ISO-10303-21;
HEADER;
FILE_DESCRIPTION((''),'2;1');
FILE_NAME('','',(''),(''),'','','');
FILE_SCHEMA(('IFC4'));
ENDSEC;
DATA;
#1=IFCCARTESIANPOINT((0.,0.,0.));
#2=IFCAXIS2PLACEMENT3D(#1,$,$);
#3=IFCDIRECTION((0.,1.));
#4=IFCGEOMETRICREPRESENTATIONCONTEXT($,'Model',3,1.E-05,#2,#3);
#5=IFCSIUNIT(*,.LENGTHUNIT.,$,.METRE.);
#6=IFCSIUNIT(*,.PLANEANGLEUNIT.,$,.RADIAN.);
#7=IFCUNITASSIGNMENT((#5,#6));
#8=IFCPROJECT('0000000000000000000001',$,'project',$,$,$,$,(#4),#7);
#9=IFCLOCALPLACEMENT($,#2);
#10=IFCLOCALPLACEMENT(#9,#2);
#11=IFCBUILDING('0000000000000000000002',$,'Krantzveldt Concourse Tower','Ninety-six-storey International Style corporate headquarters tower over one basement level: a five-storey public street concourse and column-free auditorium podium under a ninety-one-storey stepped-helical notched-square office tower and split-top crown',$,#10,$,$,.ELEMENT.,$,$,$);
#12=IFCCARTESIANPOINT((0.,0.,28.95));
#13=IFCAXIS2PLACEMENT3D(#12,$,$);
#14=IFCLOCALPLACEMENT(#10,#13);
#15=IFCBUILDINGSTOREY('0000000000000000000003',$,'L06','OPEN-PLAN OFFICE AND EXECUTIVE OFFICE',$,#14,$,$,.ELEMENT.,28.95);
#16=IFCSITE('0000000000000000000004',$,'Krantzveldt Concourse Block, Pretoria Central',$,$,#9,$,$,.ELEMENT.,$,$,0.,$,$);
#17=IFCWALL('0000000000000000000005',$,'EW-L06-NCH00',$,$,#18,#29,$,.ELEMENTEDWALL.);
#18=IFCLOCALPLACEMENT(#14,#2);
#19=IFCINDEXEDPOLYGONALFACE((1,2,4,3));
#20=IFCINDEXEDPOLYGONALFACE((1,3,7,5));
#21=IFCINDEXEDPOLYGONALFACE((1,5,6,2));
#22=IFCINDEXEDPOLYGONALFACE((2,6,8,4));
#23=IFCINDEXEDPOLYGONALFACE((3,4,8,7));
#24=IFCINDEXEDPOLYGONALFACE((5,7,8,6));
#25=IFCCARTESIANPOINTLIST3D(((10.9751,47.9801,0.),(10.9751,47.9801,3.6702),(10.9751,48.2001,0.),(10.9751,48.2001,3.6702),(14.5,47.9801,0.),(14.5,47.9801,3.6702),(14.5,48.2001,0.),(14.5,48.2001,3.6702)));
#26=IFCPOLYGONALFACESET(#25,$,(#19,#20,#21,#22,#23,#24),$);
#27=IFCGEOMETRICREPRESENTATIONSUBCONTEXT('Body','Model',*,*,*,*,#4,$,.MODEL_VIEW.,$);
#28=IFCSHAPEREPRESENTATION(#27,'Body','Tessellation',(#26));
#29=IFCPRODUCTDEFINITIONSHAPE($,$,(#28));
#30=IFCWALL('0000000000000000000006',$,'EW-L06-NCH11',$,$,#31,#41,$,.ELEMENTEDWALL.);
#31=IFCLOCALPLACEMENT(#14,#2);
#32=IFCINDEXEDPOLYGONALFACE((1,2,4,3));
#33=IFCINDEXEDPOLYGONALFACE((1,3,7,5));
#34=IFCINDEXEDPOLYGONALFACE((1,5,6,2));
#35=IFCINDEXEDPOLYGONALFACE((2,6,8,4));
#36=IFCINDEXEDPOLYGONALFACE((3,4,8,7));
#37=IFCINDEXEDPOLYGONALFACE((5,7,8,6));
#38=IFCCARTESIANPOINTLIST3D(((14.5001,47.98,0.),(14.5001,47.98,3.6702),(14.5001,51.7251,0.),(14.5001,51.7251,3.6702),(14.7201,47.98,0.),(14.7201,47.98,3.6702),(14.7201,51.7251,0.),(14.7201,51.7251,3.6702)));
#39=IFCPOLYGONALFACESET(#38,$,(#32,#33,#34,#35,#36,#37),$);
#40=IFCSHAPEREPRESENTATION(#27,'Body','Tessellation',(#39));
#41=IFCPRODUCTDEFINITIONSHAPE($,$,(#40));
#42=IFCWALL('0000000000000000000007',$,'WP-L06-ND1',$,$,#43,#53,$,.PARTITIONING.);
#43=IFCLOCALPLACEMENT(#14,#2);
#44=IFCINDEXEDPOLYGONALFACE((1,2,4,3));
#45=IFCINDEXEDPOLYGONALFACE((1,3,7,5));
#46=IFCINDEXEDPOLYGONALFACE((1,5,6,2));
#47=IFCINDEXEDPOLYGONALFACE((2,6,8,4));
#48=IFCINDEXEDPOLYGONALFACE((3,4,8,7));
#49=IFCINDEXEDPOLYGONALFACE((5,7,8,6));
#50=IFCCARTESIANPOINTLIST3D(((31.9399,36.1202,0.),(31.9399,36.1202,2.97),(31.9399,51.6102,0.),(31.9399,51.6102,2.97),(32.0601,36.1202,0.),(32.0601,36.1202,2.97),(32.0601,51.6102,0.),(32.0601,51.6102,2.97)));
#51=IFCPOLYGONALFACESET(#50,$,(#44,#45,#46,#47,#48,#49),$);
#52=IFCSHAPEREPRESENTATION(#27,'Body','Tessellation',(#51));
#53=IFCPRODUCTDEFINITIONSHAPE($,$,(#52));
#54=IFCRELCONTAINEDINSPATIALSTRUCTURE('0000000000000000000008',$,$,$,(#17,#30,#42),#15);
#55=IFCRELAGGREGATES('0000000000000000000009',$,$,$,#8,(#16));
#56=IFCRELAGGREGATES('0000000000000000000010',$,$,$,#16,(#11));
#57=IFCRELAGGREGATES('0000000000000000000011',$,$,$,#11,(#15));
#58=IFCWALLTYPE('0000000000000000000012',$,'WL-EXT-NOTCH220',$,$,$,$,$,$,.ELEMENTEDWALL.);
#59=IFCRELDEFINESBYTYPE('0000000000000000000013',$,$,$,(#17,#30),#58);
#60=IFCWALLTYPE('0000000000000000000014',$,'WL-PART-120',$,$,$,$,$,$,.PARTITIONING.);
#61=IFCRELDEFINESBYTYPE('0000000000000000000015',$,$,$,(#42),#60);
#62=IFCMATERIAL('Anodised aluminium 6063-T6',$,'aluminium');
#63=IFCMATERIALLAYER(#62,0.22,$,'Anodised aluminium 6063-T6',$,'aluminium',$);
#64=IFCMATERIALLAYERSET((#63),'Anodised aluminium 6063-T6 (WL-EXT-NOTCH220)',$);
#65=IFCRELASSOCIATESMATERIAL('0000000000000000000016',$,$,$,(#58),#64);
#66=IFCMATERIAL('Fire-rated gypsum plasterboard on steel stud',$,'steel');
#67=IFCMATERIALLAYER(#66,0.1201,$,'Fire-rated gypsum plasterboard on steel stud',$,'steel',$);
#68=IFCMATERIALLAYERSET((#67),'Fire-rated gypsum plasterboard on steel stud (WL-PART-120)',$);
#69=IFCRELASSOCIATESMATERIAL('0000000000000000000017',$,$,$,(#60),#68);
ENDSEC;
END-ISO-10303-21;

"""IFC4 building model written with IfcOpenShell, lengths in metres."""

from ifc_helpers import new_model, si_unit, direction, frame, frame_2d, origin, place, context, subcontext, project, spatial, rectangle, extrude, material, layer, layer_set, type_object, element, save


model = new_model("IFC4")

# Units and contexts
model_context = context("Model", 3, precision=1e-05, world=origin(), true_north=direction((0.0, 1.0)))
body_context = subcontext(model_context, "Body", "Model", "MODEL_VIEW")
ifc_project = project(units=[si_unit("LENGTHUNIT", "METRE"), si_unit("PLANEANGLEUNIT", "RADIAN")], contexts=[model_context])

# Site, building, storey
site_placement = place(None, origin())
site = spatial("IfcSite", under=ifc_project, at=site_placement, Name="Krantzveldt Concourse Block, Pretoria Central", CompositionType="ELEMENT", RefElevation=0.0)
building_placement = place(site_placement, origin())
building = spatial("IfcBuilding", under=site, at=building_placement, Name="Krantzveldt Concourse Tower", Description="Ninety-six-storey International Style corporate headquarters tower over one basement level: a five-storey public street concourse and column-free auditorium podium under a ninety-one-storey stepped-helical notched-square office tower and split-top crown", CompositionType="ELEMENT")
storey_placement = place(building_placement, frame((0.0, 0.0, 28.95)))
storey = spatial("IfcBuildingStorey", under=building, at=storey_placement, Name="L06", Description="OPEN-PLAN OFFICE AND EXECUTIVE OFFICE", CompositionType="ELEMENT", Elevation=28.95)

# Shared definitions
ifc_material_1 = material(Name="Anodised aluminium 6063-T6", Category="aluminium")

# Walls
ifc_layer_1 = layer(ifc_material_1, 0.22, Name="Anodised aluminium 6063-T6", Category="aluminium")
ifc_layer_set_1 = layer_set([ifc_layer_1], Name="Anodised aluminium 6063-T6 (WL-EXT-NOTCH220)")
wall_type_1 = type_object("IfcWallType", Name="WL-EXT-NOTCH220", PredefinedType="ELEMENTEDWALL", material=ifc_layer_set_1)
wall_1_placement = place(storey_placement, frame((14.5, 48.0901, 0.0), z_axis=(0.0, 0.0, 1.0), x_axis=(-1.0, 0.0, 0.0)))
element("IfcWall", 1, at=wall_1_placement, inside=storey, type_object=wall_type_1, Name="EW-L06-NCH00", PredefinedType="ELEMENTEDWALL", context=body_context, shape_type="SweptSolid", body=[
    extrude(rectangle(XDim=3.5249, YDim=0.22, at=frame_2d((1.7625, 0.0))), origin(), (0.0, 0.0, 1.0), 3.6702),
])
wall_2_placement = place(storey_placement, frame((14.6101, 51.7251, 0.0), z_axis=(0.0, 0.0, 1.0), x_axis=(0.0, -1.0, 0.0)))
element("IfcWall", 2, at=wall_2_placement, inside=storey, type_object=wall_type_1, Name="EW-L06-NCH11", PredefinedType="ELEMENTEDWALL", context=body_context, shape_type="SweptSolid", body=[
    extrude(rectangle(XDim=3.7451, YDim=0.22, at=frame_2d((1.8726, 0.0))), origin(), (0.0, 0.0, 1.0), 3.6702),
])
ifc_material_2 = material(Name="Fire-rated gypsum plasterboard on steel stud", Category="steel")
ifc_layer_2 = layer(ifc_material_2, 0.1201, Name="Fire-rated gypsum plasterboard on steel stud", Category="steel")
ifc_layer_set_2 = layer_set([ifc_layer_2], Name="Fire-rated gypsum plasterboard on steel stud (WL-PART-120)")
wall_type_2 = type_object("IfcWallType", Name="WL-PART-120", PredefinedType="PARTITIONING", material=ifc_layer_set_2)
wall_3_placement = place(storey_placement, frame((32.0, 36.1201, 0.0), z_axis=(0.0, 0.0, 1.0), x_axis=(0.0, 1.0, 0.0)))
element("IfcWall", 3, at=wall_3_placement, inside=storey, type_object=wall_type_2, Name="WP-L06-ND1", PredefinedType="PARTITIONING", context=body_context, shape_type="SweptSolid", body=[
    extrude(rectangle(XDim=15.49, YDim=0.1201, at=frame_2d((7.7451, 0.0))), origin(), (0.0, 0.0, 1.0), 2.97),
])

save(model, "model.ifc")
